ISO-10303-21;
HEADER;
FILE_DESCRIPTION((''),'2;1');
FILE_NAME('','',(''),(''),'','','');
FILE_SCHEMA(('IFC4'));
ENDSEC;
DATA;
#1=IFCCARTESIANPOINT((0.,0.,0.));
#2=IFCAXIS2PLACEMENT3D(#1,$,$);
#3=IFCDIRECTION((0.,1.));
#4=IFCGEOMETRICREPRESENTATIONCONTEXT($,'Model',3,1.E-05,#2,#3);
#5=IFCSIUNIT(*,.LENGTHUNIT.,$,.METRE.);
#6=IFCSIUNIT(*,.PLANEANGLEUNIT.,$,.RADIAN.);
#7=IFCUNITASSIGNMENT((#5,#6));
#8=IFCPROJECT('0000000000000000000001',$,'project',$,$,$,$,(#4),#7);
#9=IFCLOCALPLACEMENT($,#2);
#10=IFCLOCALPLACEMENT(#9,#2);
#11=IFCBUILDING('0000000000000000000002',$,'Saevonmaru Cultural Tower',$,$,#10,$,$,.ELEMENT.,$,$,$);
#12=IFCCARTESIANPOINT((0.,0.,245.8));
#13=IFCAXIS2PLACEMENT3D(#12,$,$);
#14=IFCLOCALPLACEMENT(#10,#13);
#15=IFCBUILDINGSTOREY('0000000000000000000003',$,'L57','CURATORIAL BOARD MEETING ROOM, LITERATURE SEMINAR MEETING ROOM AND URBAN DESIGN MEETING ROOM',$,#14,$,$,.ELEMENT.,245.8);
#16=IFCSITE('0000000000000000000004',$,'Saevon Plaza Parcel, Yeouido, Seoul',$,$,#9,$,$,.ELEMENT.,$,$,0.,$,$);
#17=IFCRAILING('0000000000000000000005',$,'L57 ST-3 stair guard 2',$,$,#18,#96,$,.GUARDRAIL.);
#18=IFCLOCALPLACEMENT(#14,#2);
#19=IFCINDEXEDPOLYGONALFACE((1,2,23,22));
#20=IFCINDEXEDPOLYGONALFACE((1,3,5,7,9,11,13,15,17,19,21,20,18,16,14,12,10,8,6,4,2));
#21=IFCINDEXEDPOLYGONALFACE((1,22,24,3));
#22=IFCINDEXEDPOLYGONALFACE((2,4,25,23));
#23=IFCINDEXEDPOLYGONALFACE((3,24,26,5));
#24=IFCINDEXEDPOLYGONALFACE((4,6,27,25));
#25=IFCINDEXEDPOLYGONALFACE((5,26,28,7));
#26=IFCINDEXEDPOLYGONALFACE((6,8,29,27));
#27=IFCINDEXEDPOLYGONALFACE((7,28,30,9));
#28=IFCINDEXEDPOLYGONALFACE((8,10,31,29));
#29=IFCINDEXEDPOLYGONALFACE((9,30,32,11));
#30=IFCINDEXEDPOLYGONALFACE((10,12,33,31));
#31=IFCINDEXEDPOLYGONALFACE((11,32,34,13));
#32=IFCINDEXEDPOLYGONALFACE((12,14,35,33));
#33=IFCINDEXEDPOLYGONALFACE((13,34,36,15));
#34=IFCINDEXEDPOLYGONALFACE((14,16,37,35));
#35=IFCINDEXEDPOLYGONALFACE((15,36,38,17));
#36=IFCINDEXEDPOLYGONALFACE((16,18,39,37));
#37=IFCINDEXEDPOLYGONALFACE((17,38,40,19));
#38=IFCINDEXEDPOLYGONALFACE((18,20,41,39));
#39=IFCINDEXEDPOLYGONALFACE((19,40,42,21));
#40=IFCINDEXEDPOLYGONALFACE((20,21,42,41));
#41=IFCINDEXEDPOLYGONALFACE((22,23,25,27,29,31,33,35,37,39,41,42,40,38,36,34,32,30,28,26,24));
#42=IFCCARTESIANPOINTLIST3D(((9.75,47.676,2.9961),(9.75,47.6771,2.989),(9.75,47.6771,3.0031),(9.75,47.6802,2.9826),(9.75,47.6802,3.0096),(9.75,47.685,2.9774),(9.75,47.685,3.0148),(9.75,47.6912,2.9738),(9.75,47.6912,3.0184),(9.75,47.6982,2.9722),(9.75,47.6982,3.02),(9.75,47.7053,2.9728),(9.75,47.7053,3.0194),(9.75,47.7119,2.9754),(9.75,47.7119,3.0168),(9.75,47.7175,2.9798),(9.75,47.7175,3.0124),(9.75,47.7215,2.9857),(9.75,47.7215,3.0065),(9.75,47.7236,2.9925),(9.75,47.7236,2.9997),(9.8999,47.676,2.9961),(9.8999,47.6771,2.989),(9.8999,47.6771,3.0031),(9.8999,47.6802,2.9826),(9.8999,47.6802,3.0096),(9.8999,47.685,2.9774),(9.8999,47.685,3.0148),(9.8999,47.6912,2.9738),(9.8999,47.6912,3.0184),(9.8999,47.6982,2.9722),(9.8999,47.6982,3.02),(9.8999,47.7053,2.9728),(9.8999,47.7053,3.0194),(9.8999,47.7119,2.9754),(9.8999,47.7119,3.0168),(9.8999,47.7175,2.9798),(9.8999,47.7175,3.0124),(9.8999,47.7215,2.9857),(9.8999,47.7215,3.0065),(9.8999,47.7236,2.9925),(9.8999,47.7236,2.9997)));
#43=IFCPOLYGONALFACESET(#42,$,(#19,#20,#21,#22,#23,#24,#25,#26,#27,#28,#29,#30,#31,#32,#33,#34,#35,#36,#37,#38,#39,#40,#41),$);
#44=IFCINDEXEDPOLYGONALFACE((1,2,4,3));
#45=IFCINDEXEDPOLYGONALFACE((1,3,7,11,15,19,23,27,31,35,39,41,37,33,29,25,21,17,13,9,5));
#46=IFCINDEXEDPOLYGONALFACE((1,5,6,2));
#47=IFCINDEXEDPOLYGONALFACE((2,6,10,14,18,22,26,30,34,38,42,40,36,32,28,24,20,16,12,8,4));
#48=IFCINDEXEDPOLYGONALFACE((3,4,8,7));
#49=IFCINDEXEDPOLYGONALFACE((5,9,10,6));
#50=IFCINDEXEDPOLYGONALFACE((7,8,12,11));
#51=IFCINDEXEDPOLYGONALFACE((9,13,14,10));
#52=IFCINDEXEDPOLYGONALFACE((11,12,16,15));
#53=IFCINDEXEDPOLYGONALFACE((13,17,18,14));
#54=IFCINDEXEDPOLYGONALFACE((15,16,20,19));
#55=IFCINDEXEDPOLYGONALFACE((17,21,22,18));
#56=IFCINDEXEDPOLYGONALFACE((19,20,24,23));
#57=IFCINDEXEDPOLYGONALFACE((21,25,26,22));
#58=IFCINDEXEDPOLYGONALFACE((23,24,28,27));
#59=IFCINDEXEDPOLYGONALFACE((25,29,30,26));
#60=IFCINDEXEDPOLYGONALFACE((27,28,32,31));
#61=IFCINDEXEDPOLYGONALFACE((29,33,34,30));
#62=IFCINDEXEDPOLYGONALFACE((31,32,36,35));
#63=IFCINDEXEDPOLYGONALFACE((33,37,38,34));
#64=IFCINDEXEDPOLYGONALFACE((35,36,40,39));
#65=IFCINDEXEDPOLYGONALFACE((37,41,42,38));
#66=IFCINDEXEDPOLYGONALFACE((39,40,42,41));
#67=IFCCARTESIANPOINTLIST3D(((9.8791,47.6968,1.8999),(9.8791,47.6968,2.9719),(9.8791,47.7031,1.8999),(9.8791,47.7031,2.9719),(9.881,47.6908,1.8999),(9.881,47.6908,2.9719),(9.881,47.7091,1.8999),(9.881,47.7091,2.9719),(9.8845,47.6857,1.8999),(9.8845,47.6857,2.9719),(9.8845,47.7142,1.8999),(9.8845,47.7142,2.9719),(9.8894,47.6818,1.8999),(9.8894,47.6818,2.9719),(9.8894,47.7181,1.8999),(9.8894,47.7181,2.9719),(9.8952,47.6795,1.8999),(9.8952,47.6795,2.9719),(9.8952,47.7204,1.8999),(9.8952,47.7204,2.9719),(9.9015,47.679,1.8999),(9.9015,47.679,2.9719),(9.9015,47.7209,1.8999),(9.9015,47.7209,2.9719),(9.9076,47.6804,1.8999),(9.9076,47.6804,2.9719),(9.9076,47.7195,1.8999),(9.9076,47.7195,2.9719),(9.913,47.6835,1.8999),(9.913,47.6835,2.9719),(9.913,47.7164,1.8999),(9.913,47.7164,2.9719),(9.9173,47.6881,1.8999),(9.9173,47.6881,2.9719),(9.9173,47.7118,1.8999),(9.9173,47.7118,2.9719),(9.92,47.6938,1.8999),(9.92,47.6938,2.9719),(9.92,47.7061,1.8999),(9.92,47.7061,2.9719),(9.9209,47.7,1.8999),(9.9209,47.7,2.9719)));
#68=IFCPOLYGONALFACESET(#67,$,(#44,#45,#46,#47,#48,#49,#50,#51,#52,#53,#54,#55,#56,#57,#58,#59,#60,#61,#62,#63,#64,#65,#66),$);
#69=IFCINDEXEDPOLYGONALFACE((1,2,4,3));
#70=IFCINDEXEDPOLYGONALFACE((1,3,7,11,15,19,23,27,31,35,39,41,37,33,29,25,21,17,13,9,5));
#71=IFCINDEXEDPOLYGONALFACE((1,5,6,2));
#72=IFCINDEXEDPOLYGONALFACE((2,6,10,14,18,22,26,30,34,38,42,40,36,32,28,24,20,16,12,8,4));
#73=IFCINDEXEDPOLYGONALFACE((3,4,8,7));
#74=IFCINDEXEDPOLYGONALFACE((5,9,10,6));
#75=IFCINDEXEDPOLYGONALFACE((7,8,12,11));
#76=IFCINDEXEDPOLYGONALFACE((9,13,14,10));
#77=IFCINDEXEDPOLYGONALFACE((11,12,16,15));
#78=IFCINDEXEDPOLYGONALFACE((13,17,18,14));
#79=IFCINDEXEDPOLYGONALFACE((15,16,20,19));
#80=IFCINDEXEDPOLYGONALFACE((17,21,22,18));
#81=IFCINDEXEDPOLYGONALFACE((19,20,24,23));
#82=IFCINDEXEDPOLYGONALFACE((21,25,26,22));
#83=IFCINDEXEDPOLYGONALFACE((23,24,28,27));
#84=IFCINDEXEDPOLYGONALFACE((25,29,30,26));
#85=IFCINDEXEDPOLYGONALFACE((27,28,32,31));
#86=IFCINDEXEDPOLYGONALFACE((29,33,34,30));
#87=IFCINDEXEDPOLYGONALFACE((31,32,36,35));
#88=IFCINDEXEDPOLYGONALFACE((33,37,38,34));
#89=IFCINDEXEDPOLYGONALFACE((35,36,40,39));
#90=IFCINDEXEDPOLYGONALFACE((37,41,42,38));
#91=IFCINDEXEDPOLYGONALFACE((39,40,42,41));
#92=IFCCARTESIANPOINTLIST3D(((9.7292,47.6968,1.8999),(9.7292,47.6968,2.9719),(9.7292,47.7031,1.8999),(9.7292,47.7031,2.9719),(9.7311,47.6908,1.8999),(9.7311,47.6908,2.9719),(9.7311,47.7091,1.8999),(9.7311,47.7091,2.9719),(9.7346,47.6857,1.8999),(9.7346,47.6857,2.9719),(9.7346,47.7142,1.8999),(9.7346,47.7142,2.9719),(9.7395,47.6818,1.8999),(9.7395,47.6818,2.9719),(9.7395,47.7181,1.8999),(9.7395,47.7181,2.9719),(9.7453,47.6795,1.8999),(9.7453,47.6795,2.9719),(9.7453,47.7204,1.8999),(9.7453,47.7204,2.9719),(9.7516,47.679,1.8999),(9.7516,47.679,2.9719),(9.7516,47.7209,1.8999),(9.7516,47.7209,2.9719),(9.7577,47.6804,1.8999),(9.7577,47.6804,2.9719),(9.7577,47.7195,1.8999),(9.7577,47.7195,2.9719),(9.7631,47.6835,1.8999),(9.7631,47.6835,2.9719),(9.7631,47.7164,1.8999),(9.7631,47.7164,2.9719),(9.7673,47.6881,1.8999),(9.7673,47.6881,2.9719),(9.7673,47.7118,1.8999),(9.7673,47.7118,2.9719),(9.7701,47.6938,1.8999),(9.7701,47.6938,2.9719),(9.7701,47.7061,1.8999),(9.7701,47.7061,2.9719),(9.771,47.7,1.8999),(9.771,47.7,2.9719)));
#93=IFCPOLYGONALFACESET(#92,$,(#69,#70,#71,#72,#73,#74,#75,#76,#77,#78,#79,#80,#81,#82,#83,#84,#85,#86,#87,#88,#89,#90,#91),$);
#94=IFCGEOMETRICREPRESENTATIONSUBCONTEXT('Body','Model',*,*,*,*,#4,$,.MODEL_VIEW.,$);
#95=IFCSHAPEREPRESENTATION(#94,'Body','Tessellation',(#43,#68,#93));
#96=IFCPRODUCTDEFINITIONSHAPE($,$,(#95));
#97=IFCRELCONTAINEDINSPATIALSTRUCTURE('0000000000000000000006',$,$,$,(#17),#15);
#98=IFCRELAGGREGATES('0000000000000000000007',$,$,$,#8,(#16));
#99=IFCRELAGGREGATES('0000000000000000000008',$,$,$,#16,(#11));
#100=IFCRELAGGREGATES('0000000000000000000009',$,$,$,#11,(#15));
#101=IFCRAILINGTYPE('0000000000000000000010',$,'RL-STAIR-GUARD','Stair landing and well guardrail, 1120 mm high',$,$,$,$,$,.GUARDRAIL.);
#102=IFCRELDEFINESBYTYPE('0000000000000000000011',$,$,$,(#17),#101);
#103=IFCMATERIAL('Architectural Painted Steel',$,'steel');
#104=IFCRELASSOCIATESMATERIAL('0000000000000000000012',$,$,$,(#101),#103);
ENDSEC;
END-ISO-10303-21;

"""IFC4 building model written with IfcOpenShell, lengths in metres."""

from ifc_helpers import new_model, si_unit, direction, frame, origin, origin_2d, place, context, subcontext, project, spatial, circle, extrude, material, type_object, element, save


model = new_model("IFC4")

# Units and contexts
model_context = context("Model", 3, precision=1e-05, world=origin(), true_north=direction((0.0, 1.0)))
body_context = subcontext(model_context, "Body", "Model", "MODEL_VIEW")
ifc_project = project(units=[si_unit("LENGTHUNIT", "METRE"), si_unit("PLANEANGLEUNIT", "RADIAN")], contexts=[model_context])

# Site, building, storey
site_placement = place(None, origin())
site = spatial("IfcSite", under=ifc_project, at=site_placement, Name="Saevon Plaza Parcel, Yeouido, Seoul", CompositionType="ELEMENT", RefElevation=0.0)
building_placement = place(site_placement, origin())
building = spatial("IfcBuilding", under=site, at=building_placement, Name="Saevonmaru Cultural Tower", CompositionType="ELEMENT")
storey_placement = place(building_placement, frame((0.0, 0.0, 245.8)))
storey = spatial("IfcBuildingStorey", under=building, at=storey_placement, Name="L57", Description="CURATORIAL BOARD MEETING ROOM, LITERATURE SEMINAR MEETING ROOM AND URBAN DESIGN MEETING ROOM", CompositionType="ELEMENT", Elevation=245.8)

# Railing
ifc_material_1 = material(Name="Architectural Painted Steel", Category="steel")
railing_type_1 = type_object("IfcRailingType", Name="RL-STAIR-GUARD", Description="Stair landing and well guardrail, 1120 mm high", PredefinedType="GUARDRAIL", material=ifc_material_1)
railing_1_placement = place(storey_placement, frame((9.8999, 47.7, 1.8999)))
element("IfcRailing", 1, at=railing_1_placement, inside=storey, type_object=railing_type_1, Name="L57 ST-3 stair guard 2", PredefinedType="GUARDRAIL", context=body_context, shape_type="SweptSolid", body=[
    extrude(circle(Radius=0.0239, at=origin_2d()), frame((0.0, 0.0, 1.0962), z_axis=(-1.0, 0.0, 0.0), x_axis=(0.0, -1.0, 0.0)), (0.0, 0.0, 1.0), 0.1499),
    extrude(circle(Radius=0.021, at=origin_2d()), origin(), (0.0, 0.0, 1.0), 1.072),
    extrude(circle(Radius=0.021, at=origin_2d()), frame((-0.1499, 0.0, 0.0)), (0.0, 0.0, 1.0), 1.072),
])

save(model, "model.ifc")
